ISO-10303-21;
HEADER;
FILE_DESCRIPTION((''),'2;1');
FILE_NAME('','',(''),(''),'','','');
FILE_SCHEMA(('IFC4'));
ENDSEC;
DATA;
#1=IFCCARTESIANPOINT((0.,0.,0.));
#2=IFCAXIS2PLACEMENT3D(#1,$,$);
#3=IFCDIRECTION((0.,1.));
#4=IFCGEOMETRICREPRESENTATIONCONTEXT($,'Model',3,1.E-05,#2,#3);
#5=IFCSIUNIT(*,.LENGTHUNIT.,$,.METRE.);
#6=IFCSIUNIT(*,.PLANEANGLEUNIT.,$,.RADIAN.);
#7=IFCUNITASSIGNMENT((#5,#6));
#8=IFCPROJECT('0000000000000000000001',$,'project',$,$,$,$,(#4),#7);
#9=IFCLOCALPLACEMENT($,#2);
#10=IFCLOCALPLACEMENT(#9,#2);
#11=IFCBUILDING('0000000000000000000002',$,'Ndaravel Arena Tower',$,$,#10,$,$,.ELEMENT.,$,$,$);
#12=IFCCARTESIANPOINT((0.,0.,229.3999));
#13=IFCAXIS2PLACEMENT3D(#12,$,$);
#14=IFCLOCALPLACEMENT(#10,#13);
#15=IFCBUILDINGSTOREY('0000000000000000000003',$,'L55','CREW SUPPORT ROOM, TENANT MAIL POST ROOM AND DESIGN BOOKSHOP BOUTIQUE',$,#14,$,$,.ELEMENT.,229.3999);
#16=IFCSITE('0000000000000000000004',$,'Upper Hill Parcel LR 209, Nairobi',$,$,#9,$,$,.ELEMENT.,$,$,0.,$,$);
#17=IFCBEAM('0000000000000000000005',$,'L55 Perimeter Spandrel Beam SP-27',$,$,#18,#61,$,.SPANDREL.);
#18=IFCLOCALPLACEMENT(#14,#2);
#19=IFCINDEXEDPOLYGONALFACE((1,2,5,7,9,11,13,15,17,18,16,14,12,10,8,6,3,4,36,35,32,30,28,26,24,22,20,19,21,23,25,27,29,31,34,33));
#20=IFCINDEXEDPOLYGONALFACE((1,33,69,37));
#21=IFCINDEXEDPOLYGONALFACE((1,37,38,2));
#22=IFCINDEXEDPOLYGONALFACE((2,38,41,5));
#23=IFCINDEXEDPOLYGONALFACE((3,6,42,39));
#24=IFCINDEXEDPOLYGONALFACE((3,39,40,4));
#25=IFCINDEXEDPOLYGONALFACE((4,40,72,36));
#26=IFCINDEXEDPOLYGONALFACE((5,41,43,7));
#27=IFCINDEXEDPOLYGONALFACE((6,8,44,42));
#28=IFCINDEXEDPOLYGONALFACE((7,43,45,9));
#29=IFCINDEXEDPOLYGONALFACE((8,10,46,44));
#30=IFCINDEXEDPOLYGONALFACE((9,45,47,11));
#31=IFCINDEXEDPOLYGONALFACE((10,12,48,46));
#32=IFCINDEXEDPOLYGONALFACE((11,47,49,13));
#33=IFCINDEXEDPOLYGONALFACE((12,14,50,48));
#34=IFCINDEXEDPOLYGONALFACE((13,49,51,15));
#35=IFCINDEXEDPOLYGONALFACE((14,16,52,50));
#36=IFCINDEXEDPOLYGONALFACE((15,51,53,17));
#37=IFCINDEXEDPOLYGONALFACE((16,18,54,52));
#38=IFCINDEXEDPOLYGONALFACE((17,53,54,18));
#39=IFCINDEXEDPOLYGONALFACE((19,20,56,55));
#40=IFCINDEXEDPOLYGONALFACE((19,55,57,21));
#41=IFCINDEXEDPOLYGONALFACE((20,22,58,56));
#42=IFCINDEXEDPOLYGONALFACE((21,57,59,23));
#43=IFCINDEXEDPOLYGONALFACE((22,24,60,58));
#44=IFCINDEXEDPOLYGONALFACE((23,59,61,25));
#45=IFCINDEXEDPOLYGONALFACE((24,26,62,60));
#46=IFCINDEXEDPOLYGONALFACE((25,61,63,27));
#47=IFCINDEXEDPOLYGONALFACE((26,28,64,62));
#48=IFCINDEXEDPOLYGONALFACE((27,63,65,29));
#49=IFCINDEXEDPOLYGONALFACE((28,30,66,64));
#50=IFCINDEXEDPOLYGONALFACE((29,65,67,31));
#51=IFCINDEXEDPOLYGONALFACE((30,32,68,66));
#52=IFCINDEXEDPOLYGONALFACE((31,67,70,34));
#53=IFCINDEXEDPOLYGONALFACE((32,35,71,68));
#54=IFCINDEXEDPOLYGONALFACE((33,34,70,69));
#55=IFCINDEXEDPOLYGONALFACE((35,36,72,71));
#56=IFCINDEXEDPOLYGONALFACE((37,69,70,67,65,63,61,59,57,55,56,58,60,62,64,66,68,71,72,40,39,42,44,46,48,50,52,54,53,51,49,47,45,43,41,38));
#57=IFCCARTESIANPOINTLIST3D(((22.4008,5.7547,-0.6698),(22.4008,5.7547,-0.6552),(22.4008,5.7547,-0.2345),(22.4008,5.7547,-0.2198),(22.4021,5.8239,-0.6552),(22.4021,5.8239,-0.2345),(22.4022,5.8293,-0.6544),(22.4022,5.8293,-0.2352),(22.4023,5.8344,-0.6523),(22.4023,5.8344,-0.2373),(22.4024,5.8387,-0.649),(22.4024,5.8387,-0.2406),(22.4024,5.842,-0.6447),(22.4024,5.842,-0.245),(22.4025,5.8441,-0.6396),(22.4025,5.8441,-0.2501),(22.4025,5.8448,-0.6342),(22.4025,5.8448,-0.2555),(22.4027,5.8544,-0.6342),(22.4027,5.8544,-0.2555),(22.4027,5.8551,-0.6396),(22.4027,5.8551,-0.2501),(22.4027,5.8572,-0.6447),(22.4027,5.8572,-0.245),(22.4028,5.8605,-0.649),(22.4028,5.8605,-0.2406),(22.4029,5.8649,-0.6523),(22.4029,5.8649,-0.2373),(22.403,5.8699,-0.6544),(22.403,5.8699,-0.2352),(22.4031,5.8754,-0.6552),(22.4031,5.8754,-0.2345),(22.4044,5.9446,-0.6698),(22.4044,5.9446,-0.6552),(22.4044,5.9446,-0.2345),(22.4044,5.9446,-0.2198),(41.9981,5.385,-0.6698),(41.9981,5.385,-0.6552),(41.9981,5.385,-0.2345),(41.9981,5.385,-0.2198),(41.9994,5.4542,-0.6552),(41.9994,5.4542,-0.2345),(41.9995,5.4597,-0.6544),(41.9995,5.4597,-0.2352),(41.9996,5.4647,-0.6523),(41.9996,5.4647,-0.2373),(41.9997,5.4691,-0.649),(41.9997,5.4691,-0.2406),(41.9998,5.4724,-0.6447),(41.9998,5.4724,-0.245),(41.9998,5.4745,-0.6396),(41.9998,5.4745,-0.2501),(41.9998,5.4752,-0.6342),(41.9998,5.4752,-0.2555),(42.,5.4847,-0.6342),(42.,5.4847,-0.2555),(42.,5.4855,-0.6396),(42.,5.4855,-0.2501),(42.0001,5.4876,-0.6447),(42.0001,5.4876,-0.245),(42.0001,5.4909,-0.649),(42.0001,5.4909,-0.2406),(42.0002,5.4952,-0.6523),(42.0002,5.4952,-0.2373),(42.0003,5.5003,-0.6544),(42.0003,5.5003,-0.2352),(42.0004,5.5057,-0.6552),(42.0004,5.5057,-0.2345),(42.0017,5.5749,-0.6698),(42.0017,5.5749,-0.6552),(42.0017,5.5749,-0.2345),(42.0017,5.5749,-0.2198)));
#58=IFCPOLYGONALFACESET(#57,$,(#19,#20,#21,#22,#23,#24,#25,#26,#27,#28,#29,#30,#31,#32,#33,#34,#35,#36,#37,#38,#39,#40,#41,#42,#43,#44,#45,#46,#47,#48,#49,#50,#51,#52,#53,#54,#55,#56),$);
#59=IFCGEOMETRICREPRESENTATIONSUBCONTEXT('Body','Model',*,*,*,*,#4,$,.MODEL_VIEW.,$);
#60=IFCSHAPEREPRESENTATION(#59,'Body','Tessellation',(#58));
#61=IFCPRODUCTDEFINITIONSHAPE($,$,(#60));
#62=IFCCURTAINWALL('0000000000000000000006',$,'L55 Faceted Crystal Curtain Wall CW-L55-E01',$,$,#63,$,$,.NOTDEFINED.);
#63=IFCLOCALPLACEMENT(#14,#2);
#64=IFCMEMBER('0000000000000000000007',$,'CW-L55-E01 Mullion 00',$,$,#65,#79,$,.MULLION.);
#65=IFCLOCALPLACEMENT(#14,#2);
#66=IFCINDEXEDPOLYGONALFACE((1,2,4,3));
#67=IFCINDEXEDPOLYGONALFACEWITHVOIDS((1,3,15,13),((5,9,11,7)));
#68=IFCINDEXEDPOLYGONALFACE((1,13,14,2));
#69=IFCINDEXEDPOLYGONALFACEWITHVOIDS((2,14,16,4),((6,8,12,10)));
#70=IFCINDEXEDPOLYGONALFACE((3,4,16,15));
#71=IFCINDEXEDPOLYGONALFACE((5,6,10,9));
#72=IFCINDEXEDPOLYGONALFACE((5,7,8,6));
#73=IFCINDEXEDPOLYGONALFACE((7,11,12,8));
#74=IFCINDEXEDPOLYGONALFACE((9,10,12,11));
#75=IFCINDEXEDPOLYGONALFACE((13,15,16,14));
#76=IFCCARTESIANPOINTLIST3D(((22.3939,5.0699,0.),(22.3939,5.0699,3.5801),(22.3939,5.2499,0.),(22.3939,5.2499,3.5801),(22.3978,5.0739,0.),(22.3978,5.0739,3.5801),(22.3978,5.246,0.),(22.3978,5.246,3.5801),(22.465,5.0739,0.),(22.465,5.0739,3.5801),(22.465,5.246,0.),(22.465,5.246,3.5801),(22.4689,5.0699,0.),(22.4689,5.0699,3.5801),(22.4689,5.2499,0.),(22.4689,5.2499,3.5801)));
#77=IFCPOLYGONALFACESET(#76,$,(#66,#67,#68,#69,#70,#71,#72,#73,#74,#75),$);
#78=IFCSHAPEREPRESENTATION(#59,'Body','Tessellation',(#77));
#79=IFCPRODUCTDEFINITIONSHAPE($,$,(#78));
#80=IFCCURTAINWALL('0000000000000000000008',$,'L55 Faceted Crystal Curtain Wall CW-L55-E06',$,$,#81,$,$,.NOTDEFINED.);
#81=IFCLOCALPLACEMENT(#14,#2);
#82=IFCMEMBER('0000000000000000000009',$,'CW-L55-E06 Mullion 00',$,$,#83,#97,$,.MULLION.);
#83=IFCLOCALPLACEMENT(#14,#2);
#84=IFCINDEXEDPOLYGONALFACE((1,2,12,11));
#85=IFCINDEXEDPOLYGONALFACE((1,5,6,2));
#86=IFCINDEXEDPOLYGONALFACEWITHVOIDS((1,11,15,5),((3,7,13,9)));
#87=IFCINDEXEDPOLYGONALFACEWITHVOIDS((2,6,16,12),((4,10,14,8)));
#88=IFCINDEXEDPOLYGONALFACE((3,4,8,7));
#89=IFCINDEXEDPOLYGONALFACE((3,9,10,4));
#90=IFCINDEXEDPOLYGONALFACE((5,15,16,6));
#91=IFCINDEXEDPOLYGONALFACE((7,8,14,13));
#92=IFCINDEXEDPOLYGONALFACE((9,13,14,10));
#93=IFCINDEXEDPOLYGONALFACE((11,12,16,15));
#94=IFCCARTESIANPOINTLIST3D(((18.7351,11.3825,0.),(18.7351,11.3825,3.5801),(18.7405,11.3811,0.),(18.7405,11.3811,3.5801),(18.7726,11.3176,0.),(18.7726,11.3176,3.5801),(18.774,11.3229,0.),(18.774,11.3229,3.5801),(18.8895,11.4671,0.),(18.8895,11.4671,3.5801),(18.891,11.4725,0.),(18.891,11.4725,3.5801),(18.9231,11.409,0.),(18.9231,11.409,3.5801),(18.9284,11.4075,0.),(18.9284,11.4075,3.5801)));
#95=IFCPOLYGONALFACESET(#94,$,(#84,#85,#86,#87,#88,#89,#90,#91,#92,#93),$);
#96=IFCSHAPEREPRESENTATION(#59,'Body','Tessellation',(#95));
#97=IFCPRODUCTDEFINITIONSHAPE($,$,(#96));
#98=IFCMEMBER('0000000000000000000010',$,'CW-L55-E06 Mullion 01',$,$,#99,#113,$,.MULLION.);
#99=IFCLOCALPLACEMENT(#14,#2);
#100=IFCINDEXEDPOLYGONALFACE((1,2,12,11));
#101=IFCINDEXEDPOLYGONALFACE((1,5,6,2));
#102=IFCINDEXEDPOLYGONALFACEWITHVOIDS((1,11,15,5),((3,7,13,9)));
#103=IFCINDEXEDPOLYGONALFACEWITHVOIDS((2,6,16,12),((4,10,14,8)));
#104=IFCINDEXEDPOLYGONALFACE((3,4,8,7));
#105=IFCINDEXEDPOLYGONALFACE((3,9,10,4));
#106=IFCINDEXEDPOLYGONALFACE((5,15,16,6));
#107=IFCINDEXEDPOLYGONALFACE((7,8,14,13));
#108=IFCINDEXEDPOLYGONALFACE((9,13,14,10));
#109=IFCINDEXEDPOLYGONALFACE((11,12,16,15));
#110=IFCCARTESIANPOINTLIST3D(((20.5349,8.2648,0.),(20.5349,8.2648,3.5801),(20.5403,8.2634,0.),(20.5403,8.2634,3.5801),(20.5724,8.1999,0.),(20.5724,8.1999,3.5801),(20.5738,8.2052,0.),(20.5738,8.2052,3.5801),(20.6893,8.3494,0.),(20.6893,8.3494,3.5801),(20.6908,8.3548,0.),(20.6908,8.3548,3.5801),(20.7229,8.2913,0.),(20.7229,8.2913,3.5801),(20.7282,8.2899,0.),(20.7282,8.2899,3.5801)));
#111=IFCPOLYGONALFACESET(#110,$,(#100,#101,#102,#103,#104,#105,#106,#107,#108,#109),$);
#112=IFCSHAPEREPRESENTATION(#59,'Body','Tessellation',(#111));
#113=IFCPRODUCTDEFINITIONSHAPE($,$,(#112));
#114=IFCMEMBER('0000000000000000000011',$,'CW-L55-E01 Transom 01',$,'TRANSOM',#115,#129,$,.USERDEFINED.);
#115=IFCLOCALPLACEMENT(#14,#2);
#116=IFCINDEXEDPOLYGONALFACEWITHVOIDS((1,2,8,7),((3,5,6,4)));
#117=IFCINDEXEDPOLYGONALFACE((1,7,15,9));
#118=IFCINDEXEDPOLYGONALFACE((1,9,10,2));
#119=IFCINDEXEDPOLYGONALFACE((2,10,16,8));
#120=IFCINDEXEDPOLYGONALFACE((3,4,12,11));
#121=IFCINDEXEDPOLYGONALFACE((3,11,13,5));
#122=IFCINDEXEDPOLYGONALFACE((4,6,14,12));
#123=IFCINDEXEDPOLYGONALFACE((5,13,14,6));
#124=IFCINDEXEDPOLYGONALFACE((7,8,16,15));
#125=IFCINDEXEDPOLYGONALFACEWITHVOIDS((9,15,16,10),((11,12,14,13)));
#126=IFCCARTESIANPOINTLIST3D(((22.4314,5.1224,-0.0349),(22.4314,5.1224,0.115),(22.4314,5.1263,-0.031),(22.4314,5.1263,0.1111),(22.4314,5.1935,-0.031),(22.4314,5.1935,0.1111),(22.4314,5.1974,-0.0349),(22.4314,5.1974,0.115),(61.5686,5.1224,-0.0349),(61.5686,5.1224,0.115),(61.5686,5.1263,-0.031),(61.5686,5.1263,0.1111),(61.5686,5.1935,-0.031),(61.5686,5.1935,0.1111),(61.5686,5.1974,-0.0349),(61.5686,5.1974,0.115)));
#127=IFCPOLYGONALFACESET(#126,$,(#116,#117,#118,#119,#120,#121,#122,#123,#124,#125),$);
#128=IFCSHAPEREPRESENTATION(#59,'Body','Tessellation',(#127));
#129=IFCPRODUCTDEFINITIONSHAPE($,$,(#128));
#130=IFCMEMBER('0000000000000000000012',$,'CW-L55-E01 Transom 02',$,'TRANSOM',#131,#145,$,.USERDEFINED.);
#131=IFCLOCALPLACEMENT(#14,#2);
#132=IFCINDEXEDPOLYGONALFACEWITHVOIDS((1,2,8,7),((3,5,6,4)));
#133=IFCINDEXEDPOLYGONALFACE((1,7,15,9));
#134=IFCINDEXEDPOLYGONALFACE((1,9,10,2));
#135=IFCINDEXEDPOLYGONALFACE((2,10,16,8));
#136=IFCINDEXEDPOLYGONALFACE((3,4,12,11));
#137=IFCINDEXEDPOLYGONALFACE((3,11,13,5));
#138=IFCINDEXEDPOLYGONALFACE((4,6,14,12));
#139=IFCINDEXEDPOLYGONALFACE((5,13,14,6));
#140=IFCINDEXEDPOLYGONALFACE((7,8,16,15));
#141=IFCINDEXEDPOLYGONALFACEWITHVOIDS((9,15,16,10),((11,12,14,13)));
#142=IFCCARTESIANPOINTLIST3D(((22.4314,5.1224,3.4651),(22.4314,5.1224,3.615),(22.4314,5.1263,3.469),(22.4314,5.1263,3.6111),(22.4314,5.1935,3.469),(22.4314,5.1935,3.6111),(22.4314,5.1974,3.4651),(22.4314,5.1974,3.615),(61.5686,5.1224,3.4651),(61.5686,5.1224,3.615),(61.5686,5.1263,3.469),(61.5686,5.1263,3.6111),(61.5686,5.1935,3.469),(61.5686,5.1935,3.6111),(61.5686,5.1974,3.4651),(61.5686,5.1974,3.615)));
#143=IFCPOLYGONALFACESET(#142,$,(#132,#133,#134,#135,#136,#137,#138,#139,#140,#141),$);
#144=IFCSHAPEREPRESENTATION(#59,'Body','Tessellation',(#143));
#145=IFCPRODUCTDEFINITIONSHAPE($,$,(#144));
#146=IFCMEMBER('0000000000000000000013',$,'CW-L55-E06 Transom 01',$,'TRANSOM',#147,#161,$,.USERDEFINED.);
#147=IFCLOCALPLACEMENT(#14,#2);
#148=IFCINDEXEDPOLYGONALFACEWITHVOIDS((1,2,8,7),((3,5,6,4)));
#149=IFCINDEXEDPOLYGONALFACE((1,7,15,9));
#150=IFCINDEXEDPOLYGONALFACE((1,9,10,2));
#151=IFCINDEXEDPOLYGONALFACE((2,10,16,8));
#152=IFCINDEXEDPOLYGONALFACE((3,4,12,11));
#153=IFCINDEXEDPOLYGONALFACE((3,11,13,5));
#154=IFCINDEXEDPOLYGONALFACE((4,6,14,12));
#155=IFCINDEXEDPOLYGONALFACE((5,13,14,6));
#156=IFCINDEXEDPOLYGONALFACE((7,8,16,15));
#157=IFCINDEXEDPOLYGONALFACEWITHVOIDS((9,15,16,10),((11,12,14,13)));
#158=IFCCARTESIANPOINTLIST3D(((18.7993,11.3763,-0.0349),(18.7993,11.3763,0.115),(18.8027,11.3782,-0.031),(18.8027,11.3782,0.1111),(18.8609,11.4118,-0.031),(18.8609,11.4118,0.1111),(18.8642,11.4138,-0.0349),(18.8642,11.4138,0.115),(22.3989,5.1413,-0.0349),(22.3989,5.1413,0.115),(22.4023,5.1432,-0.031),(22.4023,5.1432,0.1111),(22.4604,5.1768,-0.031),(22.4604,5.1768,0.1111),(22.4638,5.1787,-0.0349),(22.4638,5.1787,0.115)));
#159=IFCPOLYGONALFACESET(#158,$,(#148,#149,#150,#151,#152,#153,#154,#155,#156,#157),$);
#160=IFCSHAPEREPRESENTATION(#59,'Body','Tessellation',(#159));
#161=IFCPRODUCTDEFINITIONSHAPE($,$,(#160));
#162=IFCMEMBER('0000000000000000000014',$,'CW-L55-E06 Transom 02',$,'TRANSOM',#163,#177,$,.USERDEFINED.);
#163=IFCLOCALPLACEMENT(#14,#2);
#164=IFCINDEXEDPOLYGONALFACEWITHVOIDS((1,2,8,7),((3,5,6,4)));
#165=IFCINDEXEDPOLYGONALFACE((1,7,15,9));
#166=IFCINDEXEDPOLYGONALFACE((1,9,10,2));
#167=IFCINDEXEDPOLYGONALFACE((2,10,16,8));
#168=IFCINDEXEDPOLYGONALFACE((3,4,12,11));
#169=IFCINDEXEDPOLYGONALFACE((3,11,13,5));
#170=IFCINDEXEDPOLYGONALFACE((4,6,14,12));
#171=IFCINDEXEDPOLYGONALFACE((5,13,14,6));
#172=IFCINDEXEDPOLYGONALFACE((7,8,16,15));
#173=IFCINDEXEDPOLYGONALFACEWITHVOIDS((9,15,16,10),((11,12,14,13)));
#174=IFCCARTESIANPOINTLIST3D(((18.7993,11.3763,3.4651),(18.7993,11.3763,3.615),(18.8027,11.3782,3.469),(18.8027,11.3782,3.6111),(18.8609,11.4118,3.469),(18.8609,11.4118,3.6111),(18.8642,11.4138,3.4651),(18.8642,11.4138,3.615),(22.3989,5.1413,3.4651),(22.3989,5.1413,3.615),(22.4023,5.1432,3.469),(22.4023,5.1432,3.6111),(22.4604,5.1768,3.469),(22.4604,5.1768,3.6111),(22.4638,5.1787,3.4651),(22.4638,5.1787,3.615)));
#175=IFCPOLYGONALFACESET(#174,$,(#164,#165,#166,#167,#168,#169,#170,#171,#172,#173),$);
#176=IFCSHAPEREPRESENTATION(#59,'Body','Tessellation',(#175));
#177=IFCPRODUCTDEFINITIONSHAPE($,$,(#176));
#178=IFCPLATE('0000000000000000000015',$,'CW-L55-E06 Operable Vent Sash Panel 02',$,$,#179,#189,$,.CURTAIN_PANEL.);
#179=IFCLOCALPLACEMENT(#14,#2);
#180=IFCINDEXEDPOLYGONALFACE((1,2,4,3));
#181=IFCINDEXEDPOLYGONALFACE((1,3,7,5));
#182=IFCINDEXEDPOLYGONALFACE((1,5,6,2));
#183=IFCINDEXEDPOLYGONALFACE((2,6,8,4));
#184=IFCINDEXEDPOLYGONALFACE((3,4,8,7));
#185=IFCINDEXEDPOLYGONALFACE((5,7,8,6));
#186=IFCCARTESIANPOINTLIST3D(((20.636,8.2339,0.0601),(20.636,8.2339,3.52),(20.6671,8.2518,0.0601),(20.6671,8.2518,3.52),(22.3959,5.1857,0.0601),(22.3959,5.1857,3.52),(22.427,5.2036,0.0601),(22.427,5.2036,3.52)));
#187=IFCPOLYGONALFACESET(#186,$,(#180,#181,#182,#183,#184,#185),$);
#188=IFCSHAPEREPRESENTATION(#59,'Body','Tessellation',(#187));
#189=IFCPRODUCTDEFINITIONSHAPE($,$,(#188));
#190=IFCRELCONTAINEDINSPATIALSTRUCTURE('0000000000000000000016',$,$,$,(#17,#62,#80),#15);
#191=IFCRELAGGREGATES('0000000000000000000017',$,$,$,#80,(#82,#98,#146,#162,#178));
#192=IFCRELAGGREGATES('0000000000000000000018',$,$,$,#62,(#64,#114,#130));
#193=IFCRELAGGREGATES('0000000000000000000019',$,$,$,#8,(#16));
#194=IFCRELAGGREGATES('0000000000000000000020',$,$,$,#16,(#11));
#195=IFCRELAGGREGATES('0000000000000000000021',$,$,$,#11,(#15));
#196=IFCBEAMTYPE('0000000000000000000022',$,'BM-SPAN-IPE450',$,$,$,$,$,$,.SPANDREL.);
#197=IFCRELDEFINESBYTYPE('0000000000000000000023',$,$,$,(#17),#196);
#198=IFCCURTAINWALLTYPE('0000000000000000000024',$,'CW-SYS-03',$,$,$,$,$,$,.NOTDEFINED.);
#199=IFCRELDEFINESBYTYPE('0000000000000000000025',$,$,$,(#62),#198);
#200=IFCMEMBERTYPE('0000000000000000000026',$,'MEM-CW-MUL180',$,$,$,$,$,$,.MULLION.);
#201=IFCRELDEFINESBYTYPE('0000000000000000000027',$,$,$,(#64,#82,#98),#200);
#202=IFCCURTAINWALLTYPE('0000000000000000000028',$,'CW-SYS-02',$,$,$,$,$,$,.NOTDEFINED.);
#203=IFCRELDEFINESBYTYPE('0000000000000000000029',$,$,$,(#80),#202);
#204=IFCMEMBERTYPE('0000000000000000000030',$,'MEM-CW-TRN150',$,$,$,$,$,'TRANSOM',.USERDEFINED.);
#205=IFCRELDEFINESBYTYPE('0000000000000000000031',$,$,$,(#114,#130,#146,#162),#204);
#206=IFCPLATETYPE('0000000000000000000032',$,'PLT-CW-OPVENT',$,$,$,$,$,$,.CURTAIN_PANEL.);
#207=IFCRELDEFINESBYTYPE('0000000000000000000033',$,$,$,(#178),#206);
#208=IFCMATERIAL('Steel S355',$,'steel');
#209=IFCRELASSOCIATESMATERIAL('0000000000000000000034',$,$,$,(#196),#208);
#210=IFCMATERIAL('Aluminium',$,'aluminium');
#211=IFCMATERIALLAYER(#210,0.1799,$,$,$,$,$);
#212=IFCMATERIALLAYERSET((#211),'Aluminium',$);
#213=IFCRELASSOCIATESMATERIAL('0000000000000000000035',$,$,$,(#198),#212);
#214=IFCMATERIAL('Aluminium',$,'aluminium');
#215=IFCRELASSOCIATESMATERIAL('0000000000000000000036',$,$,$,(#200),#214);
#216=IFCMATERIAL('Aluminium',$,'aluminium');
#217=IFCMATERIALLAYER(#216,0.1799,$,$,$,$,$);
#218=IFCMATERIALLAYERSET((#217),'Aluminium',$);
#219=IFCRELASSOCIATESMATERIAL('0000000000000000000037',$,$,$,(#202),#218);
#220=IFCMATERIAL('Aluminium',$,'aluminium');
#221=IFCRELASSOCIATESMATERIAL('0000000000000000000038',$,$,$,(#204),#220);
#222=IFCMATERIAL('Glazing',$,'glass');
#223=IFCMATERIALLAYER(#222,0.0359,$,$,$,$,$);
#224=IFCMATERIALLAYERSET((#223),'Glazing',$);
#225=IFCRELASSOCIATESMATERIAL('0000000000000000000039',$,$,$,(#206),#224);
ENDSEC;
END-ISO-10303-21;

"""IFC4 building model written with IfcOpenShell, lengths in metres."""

from ifc_helpers import new_model, si_unit, direction, frame, origin, origin_2d, place, context, subcontext, project, spatial, rectangle, hollow_rectangle, i_section, extrude, material, layer, layer_set, material_profile, profile_set, type_object, element, aggregate, save


model = new_model("IFC4")

# Units and contexts
model_context = context("Model", 3, precision=1e-05, world=origin(), true_north=direction((0.0, 1.0)))
body_context = subcontext(model_context, "Body", "Model", "MODEL_VIEW")
ifc_project = project(units=[si_unit("LENGTHUNIT", "METRE"), si_unit("PLANEANGLEUNIT", "RADIAN")], contexts=[model_context])

# Site, building, storey
site_placement = place(None, origin())
site = spatial("IfcSite", under=ifc_project, at=site_placement, Name="Upper Hill Parcel LR 209, Nairobi", CompositionType="ELEMENT", RefElevation=0.0)
building_placement = place(site_placement, origin())
building = spatial("IfcBuilding", under=site, at=building_placement, Name="Ndaravel Arena Tower", CompositionType="ELEMENT")
storey_placement = place(building_placement, frame((0.0, 0.0, 229.3999)))
storey = spatial("IfcBuildingStorey", under=building, at=storey_placement, Name="L55", Description="CREW SUPPORT ROOM, TENANT MAIL POST ROOM AND DESIGN BOOKSHOP BOUTIQUE", CompositionType="ELEMENT", Elevation=229.3999)

# Beam
ifc_material_1 = material(Name="Steel S355", Category="steel")
ifc_material_profile_1 = material_profile(ifc_material_1, i_section(OverallWidth=0.1899, OverallDepth=0.45, WebThickness=0.0095, FlangeThickness=0.0146, FilletRadius=0.021, at=origin_2d()), Name="IPE 450")
ifc_profile_set_1 = profile_set([ifc_material_profile_1], Name="Steel S355")
beam_type = type_object("IfcBeamType", Name="BM-SPAN-IPE450", PredefinedType="SPANDREL", material=ifc_profile_set_1)
beam_1_placement = place(storey_placement, frame((22.4026, 5.8496, -0.4448), z_axis=(0.999822, -0.018858, 0.0), x_axis=(0.018858, 0.999822, 0.0)))
element("IfcBeam", 1, at=beam_1_placement, inside=storey, type_object=beam_type, Name="L55 Perimeter Spandrel Beam SP-27", PredefinedType="SPANDREL", context=body_context, shape_type="SweptSolid", body=[
    extrude(i_section(OverallWidth=0.1899, OverallDepth=0.45, WebThickness=0.0095, FlangeThickness=0.0146, FilletRadius=0.021, at=origin_2d()), origin(), (0.0, 0.0, 1.0), 19.6008),
])

# Curtain wall, member
ifc_material_2 = material(Name="Aluminium", Category="aluminium")
ifc_layer_1 = layer(ifc_material_2, 0.1799)
ifc_layer_set_1 = layer_set([ifc_layer_1], Name="Aluminium")
curtain_wall_type_1 = type_object("IfcCurtainWallType", Name="CW-SYS-03", PredefinedType="NOTDEFINED", material=ifc_layer_set_1)
curtain_wall_1_placement = place(storey_placement, origin())
curtain_wall_1 = element("IfcCurtainWall", 2, at=curtain_wall_1_placement, inside=storey, type_object=curtain_wall_type_1, Name="L55 Faceted Crystal Curtain Wall CW-L55-E01", PredefinedType="NOTDEFINED")
ifc_material_3 = material(Name="Aluminium", Category="aluminium")
ifc_material_profile_2 = material_profile(ifc_material_3, hollow_rectangle(XDim=0.075, YDim=0.1799, WallThickness=0.0039, at=origin_2d()), Name="CW MULLION 75x180x4")
ifc_profile_set_2 = profile_set([ifc_material_profile_2], Name="Aluminium")
member_type_1 = type_object("IfcMemberType", Name="MEM-CW-MUL180", PredefinedType="MULLION", material=ifc_profile_set_2)
member_1_placement = place(storey_placement, frame((22.4314, 5.1599, 0.0), z_axis=(0.0, 0.0, 1.0), x_axis=(1.0, 0.0, 0.0)))
member_1 = element("IfcMember", 3, at=member_1_placement, type_object=member_type_1, Name="CW-L55-E01 Mullion 00", PredefinedType="MULLION", context=body_context, shape_type="SweptSolid", body=[
    extrude(hollow_rectangle(XDim=0.075, YDim=0.1799, WallThickness=0.0039, at=origin_2d()), origin(), (0.0, 0.0, 1.0), 3.5801),
])

# Curtain wall, members
ifc_material_4 = material(Name="Aluminium", Category="aluminium")
ifc_layer_2 = layer(ifc_material_4, 0.1799)
ifc_layer_set_2 = layer_set([ifc_layer_2], Name="Aluminium")
curtain_wall_type_2 = type_object("IfcCurtainWallType", Name="CW-SYS-02", PredefinedType="NOTDEFINED", material=ifc_layer_set_2)
curtain_wall_2_placement = place(storey_placement, origin())
curtain_wall_2 = element("IfcCurtainWall", 4, at=curtain_wall_2_placement, inside=storey, type_object=curtain_wall_type_2, Name="L55 Faceted Crystal Curtain Wall CW-L55-E06", PredefinedType="NOTDEFINED")
member_2_placement = place(storey_placement, frame((18.8318, 11.395, 0.0), z_axis=(0.0, 0.0, 1.0), x_axis=(0.499985, -0.866034, 0.0)))
member_2 = element("IfcMember", 5, at=member_2_placement, type_object=member_type_1, Name="CW-L55-E06 Mullion 00", PredefinedType="MULLION", context=body_context, shape_type="SweptSolid", body=[
    extrude(hollow_rectangle(XDim=0.075, YDim=0.1799, WallThickness=0.0039, at=origin_2d()), origin(), (0.0, 0.0, 1.0), 3.5801),
])
member_3_placement = place(storey_placement, frame((20.6316, 8.2773, 0.0), z_axis=(0.0, 0.0, 1.0), x_axis=(0.499985, -0.866034, 0.0)))
member_3 = element("IfcMember", 6, at=member_3_placement, type_object=member_type_1, Name="CW-L55-E06 Mullion 01", PredefinedType="MULLION", context=body_context, shape_type="SweptSolid", body=[
    extrude(hollow_rectangle(XDim=0.075, YDim=0.1799, WallThickness=0.0039, at=origin_2d()), origin(), (0.0, 0.0, 1.0), 3.5801),
])

# Members
ifc_material_5 = material(Name="Aluminium", Category="aluminium")
ifc_material_profile_3 = material_profile(ifc_material_5, hollow_rectangle(XDim=0.075, YDim=0.1499, WallThickness=0.0039, at=origin_2d()), Name="CW TRANSOM 75x150x4")
ifc_profile_set_3 = profile_set([ifc_material_profile_3], Name="Aluminium")
member_type_2 = type_object("IfcMemberType", Name="MEM-CW-TRN150", ElementType="TRANSOM", PredefinedType="USERDEFINED", material=ifc_profile_set_3)
member_4_placement = place(storey_placement, frame((22.4314, 5.1599, 0.04), z_axis=(1.0, 0.0, 0.0), x_axis=(0.0, 1.0, 0.0)))
member_4 = element("IfcMember", 7, at=member_4_placement, type_object=member_type_2, Name="CW-L55-E01 Transom 01", ObjectType="TRANSOM", PredefinedType="USERDEFINED", context=body_context, shape_type="SweptSolid", body=[
    extrude(hollow_rectangle(XDim=0.075, YDim=0.1499, WallThickness=0.0039, at=origin_2d()), origin(), (0.0, 0.0, 1.0), 39.1372),
])
member_5_placement = place(storey_placement, frame((22.4314, 5.1599, 3.54), z_axis=(1.0, 0.0, 0.0), x_axis=(0.0, 1.0, 0.0)))
member_5 = element("IfcMember", 8, at=member_5_placement, type_object=member_type_2, Name="CW-L55-E01 Transom 02", ObjectType="TRANSOM", PredefinedType="USERDEFINED", context=body_context, shape_type="SweptSolid", body=[
    extrude(hollow_rectangle(XDim=0.075, YDim=0.1499, WallThickness=0.0039, at=origin_2d()), origin(), (0.0, 0.0, 1.0), 39.1372),
])
member_6_placement = place(storey_placement, frame((18.8318, 11.395, 0.04), z_axis=(0.499976, -0.866039, 0.0), x_axis=(0.866039, 0.499976, 0.0)))
member_6 = element("IfcMember", 9, at=member_6_placement, type_object=member_type_2, Name="CW-L55-E06 Transom 01", ObjectType="TRANSOM", PredefinedType="USERDEFINED", context=body_context, shape_type="SweptSolid", body=[
    extrude(hollow_rectangle(XDim=0.075, YDim=0.1499, WallThickness=0.0039, at=origin_2d()), origin(), (0.0, 0.0, 1.0), 7.1995),
])
member_7_placement = place(storey_placement, frame((18.8318, 11.395, 3.54), z_axis=(0.499976, -0.866039, 0.0), x_axis=(0.866039, 0.499976, 0.0)))
member_7 = element("IfcMember", 10, at=member_7_placement, type_object=member_type_2, Name="CW-L55-E06 Transom 02", ObjectType="TRANSOM", PredefinedType="USERDEFINED", context=body_context, shape_type="SweptSolid", body=[
    extrude(hollow_rectangle(XDim=0.075, YDim=0.1499, WallThickness=0.0039, at=origin_2d()), origin(), (0.0, 0.0, 1.0), 7.1995),
])

# Plate
ifc_material_6 = material(Name="Glazing", Category="glass")
ifc_layer_3 = layer(ifc_material_6, 0.0359)
ifc_layer_set_3 = layer_set([ifc_layer_3], Name="Glazing")
plate_type_1 = type_object("IfcPlateType", Name="PLT-CW-OPVENT", PredefinedType="CURTAIN_PANEL", material=ifc_layer_set_3)
plate_1_placement = place(storey_placement, frame((21.5315, 6.7188, 0.0601), z_axis=(0.0, 0.0, 1.0), x_axis=(0.499985, -0.866034, 0.0)))
plate_1 = element("IfcPlate", 11, at=plate_1_placement, type_object=plate_type_1, Name="CW-L55-E06 Operable Vent Sash Panel 02", PredefinedType="CURTAIN_PANEL", context=body_context, shape_type="SweptSolid", body=[
    extrude(rectangle(XDim=3.5198, YDim=0.0359, at=origin_2d()), origin(), (0.0, 0.0, 1.0), 3.46),
])
aggregate(curtain_wall_2, [member_2, member_3, member_6, member_7, plate_1])
aggregate(curtain_wall_1, [member_1, member_4, member_5])

save(model, "model.ifc")
